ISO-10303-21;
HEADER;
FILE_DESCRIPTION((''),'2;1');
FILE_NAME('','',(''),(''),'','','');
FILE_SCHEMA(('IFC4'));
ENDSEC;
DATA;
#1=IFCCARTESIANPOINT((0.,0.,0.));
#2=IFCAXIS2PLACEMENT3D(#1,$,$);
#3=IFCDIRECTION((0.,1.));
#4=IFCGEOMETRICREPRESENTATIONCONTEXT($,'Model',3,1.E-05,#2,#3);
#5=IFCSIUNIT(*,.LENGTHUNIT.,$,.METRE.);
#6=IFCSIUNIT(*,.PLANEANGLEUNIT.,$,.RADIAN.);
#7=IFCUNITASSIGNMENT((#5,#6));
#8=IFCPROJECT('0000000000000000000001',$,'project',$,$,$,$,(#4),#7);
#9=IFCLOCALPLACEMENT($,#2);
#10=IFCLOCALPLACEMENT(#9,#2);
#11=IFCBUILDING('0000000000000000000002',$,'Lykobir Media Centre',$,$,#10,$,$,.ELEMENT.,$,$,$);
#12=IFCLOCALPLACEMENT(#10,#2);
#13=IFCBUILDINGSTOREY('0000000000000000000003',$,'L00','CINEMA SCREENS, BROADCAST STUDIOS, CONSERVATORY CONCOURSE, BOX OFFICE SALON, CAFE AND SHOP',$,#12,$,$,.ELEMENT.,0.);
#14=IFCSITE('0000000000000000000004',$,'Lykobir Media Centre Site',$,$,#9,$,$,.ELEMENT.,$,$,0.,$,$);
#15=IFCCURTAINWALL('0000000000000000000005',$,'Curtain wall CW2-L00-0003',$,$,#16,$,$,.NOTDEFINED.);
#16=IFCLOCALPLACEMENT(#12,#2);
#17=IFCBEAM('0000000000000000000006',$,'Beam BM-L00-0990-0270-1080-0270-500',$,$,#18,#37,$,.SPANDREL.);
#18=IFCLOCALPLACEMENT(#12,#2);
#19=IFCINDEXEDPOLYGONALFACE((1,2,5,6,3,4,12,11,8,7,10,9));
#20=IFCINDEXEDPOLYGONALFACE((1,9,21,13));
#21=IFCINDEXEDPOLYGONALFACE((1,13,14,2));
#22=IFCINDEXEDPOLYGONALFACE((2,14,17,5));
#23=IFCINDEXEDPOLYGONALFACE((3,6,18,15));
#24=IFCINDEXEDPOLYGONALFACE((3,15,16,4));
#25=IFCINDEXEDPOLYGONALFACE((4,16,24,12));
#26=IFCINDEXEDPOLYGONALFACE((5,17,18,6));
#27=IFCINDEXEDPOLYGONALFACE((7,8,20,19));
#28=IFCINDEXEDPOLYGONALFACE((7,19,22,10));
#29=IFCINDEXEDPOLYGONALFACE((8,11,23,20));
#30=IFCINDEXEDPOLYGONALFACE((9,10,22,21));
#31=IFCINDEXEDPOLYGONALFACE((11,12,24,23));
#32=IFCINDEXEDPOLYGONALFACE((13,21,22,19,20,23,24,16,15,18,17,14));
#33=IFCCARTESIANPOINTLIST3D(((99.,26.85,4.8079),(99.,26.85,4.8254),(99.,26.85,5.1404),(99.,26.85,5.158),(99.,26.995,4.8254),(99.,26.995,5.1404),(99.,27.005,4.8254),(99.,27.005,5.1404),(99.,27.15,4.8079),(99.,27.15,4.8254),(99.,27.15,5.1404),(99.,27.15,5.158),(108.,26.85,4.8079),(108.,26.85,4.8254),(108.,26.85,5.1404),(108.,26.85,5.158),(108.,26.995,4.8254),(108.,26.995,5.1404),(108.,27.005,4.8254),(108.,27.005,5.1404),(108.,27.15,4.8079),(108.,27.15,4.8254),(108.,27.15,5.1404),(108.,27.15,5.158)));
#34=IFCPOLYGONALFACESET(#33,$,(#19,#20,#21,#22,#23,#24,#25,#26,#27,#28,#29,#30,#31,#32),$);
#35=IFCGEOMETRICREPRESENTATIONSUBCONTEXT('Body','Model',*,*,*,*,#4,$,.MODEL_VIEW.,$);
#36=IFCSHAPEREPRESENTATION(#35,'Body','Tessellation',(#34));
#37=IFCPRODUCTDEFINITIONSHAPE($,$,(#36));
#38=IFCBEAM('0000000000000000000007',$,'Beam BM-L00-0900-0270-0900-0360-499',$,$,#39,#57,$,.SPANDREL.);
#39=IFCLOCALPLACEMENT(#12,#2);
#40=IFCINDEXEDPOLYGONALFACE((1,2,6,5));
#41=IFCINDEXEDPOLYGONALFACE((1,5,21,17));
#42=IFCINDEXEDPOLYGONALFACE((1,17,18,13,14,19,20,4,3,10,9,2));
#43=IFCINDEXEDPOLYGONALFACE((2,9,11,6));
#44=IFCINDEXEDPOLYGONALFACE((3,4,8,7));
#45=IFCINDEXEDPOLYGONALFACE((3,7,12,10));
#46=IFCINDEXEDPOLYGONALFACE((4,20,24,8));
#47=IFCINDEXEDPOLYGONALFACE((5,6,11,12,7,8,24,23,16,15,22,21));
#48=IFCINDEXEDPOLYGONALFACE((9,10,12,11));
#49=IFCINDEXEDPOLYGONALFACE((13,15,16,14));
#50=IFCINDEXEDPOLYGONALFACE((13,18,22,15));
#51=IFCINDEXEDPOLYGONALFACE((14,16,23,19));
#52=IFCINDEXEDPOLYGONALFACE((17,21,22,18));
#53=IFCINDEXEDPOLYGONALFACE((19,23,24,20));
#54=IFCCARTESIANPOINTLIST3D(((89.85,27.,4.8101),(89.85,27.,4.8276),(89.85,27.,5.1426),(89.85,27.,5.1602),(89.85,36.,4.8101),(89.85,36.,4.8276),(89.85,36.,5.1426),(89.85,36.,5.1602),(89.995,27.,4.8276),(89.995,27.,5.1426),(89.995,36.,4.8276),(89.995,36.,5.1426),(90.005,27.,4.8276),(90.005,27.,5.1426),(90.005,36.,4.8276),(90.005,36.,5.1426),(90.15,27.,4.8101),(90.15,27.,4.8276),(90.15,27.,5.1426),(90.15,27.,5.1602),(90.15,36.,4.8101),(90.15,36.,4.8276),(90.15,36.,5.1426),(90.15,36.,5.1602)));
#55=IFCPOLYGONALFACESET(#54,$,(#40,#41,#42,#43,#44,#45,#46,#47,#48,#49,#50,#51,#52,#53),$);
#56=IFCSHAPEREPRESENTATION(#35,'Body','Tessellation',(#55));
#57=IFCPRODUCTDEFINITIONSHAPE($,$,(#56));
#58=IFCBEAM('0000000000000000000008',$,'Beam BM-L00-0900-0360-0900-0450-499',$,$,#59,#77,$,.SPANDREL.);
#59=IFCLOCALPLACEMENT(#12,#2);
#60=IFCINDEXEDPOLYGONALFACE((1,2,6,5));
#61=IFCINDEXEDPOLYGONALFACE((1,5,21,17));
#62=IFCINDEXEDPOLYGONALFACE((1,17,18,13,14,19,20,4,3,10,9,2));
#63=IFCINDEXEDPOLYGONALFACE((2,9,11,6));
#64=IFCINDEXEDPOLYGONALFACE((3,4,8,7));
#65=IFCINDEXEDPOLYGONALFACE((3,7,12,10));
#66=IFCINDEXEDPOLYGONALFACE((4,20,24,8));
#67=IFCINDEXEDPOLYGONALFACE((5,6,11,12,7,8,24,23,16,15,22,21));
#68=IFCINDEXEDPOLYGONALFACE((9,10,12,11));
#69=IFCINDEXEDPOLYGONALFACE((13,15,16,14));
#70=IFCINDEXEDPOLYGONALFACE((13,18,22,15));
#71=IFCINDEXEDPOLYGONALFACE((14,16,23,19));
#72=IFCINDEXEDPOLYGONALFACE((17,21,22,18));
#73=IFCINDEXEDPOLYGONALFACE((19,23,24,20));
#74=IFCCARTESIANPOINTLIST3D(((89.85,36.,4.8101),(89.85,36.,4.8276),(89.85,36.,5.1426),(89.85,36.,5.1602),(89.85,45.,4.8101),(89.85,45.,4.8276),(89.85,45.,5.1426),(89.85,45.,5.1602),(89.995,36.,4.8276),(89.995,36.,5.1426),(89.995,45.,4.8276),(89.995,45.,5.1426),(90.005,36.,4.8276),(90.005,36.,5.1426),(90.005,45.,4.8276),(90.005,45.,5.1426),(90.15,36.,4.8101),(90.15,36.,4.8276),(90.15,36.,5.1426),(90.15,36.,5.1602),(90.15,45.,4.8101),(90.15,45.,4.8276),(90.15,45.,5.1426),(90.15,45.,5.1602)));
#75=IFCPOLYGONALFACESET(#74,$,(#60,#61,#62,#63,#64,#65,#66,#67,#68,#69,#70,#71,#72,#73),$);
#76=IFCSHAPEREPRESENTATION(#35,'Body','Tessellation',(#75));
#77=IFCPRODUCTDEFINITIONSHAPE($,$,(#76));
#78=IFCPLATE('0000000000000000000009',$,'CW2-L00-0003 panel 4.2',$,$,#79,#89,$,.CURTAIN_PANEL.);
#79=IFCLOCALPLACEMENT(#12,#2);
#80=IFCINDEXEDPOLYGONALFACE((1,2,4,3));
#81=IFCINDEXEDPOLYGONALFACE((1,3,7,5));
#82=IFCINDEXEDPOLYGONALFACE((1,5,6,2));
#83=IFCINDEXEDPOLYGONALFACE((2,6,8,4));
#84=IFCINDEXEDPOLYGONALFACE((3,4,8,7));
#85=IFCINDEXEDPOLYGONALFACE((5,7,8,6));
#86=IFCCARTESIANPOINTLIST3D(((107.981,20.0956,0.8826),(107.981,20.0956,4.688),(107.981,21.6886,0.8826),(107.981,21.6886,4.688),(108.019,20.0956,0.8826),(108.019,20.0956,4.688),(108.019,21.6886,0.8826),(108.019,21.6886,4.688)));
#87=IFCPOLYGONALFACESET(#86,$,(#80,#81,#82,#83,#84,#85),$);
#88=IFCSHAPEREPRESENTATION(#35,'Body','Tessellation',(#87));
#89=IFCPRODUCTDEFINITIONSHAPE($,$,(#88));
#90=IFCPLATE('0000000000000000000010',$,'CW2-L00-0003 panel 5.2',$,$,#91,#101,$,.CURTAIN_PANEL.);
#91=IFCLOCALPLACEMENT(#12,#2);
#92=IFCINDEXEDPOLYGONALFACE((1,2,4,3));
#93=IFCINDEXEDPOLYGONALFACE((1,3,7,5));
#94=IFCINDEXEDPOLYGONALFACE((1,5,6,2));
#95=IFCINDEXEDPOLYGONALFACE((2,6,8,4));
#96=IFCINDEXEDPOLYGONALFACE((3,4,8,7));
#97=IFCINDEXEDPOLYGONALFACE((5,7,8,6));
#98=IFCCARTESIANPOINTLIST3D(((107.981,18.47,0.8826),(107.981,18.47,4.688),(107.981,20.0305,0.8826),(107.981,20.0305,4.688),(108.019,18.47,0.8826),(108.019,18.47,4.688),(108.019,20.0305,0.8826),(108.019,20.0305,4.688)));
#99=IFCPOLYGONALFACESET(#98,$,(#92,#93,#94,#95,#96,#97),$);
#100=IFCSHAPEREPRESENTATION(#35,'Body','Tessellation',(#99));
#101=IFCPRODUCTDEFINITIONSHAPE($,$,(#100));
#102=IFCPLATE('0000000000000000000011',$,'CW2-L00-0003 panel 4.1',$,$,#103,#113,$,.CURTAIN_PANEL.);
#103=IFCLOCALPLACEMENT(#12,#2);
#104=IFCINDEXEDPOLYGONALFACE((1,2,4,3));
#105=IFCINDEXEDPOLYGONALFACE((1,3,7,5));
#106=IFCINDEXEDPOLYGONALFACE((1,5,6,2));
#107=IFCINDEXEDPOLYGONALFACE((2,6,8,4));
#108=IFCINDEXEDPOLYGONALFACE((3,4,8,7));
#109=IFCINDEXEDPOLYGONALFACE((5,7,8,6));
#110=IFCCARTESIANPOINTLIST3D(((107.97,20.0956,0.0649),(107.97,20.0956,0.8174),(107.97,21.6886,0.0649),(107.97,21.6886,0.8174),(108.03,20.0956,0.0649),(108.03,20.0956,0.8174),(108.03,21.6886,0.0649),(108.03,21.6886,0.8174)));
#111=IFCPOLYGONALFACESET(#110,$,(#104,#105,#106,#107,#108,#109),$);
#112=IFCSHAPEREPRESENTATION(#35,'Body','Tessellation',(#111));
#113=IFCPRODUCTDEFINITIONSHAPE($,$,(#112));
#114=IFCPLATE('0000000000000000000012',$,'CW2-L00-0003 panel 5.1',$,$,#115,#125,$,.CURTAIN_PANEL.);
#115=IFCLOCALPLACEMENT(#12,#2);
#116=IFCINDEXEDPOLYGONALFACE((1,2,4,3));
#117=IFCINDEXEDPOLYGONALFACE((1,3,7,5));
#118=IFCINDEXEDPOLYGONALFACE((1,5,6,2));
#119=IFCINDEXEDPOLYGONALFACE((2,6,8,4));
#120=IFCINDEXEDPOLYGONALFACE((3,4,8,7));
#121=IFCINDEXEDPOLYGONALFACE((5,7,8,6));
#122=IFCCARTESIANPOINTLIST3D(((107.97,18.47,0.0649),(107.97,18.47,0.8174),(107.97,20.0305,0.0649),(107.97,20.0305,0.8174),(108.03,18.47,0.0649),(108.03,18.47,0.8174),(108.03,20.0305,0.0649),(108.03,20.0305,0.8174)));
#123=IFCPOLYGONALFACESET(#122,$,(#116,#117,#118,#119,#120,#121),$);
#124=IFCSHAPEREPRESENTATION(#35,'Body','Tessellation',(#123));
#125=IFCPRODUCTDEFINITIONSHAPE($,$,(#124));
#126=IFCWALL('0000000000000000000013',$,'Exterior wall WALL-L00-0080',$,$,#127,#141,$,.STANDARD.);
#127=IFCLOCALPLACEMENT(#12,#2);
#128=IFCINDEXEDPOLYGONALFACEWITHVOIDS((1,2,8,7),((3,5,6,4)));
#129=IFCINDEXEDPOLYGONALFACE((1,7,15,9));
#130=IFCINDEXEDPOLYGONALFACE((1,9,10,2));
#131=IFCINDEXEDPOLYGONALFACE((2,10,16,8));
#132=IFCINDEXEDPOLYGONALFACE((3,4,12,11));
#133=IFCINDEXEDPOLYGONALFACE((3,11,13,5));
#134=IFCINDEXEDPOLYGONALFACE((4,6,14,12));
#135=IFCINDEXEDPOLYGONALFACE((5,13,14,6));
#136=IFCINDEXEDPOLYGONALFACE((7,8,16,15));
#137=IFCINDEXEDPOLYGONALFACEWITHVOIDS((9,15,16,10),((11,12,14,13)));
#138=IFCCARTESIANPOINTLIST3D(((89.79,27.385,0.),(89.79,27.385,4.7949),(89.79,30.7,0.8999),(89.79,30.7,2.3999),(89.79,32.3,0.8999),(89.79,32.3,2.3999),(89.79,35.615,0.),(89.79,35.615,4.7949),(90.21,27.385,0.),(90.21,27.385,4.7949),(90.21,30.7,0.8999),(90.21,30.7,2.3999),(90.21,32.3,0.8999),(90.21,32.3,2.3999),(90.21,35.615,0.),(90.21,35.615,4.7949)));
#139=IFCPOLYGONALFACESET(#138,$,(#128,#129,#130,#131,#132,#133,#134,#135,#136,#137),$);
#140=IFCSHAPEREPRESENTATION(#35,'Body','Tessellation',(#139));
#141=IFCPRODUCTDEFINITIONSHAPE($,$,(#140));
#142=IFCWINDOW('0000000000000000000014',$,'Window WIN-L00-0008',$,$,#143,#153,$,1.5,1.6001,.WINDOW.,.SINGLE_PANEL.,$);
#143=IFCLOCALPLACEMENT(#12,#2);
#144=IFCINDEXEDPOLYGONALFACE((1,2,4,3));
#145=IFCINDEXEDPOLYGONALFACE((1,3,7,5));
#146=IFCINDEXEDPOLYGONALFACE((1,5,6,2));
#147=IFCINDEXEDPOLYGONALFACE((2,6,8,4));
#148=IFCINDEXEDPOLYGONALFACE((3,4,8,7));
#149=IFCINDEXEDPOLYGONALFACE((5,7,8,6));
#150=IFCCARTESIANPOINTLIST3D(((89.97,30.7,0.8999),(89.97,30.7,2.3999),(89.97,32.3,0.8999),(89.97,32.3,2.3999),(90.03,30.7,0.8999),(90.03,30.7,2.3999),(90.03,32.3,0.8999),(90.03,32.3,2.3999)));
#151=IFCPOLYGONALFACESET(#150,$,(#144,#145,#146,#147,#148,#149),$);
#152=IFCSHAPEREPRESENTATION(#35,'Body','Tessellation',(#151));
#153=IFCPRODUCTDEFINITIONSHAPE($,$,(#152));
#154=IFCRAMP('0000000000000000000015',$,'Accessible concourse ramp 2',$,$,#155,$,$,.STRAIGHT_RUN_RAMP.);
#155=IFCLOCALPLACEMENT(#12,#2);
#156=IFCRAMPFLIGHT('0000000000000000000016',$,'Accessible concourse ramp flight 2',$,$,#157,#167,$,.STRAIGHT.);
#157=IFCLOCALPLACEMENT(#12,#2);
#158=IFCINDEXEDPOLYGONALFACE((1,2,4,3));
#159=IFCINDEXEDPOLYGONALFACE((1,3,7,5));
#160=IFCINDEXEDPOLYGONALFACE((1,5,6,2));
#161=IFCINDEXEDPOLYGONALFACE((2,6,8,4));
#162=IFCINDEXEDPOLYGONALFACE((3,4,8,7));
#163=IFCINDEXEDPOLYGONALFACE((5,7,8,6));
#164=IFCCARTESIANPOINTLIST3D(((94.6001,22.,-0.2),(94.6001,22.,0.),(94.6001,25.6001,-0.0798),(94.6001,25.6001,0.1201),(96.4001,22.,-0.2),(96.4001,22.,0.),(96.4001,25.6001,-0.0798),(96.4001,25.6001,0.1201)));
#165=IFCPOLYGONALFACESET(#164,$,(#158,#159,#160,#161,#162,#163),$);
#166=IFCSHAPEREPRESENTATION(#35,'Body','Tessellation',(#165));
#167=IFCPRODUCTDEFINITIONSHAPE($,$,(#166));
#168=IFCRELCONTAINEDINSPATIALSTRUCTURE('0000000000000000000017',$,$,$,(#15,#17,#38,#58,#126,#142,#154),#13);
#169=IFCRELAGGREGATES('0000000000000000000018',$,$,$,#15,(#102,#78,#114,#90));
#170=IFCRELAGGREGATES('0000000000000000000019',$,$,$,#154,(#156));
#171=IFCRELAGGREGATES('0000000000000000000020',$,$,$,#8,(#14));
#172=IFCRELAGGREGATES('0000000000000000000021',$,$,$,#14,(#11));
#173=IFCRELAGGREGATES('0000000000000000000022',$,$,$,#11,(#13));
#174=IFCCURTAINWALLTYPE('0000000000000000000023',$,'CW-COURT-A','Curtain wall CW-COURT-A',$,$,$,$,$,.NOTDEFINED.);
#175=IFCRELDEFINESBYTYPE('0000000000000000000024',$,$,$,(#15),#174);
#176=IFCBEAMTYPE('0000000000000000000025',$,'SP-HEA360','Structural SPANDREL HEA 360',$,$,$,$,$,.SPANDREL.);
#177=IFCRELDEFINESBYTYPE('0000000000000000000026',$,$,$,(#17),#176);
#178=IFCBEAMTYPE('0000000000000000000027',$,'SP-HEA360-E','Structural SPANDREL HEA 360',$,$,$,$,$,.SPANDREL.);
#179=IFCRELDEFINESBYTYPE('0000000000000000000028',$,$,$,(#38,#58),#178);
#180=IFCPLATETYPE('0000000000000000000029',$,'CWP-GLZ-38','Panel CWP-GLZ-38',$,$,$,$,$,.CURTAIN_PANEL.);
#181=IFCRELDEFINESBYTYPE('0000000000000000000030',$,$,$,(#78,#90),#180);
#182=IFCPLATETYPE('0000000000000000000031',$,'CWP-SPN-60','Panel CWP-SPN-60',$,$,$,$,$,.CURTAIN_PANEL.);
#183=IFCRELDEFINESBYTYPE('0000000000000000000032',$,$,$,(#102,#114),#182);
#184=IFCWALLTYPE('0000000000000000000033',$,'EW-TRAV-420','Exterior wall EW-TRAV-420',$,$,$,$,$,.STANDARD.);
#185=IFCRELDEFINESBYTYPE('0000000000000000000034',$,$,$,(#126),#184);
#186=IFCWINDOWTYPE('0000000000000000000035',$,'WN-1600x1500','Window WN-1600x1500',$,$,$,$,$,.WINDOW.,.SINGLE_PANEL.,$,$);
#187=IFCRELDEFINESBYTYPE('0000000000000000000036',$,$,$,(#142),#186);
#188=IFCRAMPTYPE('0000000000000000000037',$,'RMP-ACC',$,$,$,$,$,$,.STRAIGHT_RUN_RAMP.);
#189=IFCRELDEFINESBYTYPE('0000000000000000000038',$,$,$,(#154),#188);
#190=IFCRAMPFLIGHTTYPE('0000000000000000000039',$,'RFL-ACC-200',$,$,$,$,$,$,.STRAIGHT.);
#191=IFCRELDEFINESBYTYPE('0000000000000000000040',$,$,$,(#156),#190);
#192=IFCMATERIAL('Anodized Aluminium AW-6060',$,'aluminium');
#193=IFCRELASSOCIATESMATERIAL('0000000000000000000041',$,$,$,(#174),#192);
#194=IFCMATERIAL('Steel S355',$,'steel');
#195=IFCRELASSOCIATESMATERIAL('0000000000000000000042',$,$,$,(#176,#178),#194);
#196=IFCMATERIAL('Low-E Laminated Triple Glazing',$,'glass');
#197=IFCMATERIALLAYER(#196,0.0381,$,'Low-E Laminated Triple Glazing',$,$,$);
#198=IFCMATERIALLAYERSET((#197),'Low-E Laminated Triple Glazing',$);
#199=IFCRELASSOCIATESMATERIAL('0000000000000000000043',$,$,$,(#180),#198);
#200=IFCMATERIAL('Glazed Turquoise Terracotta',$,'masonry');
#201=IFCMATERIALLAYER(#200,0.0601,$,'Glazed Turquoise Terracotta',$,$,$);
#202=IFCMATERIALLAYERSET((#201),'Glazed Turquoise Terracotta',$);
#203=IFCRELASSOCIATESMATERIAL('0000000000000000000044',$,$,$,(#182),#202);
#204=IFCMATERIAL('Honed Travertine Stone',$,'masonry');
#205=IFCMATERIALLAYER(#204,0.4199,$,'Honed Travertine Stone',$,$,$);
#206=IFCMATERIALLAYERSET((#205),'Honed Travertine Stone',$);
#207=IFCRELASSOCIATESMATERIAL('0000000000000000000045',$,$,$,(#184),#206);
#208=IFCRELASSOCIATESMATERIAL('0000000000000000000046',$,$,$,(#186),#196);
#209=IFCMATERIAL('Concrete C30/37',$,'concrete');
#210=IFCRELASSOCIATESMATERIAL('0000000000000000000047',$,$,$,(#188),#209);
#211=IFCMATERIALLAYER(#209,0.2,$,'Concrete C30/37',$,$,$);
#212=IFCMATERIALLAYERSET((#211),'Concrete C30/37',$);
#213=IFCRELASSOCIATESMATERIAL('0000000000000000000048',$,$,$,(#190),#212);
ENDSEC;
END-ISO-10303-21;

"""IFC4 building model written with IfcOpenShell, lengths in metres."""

from ifc_helpers import new_model, si_unit, direction, frame, frame_2d, origin, origin_2d, place, context, subcontext, project, spatial, polyline, rectangle, i_section, outline, extrude, material, layer, layer_set, material_profile, profile_set, type_object, element, fill, aggregate, save


model = new_model("IFC4")

# Units and contexts
model_context = context("Model", 3, precision=1e-05, world=origin(), true_north=direction((0.0, 1.0)))
body_context = subcontext(model_context, "Body", "Model", "MODEL_VIEW")
ifc_project = project(units=[si_unit("LENGTHUNIT", "METRE"), si_unit("PLANEANGLEUNIT", "RADIAN")], contexts=[model_context])

# Site, building, storey
site_placement = place(None, origin())
site = spatial("IfcSite", under=ifc_project, at=site_placement, Name="Lykobir Media Centre Site", CompositionType="ELEMENT", RefElevation=0.0)
building_placement = place(site_placement, origin())
building = spatial("IfcBuilding", under=site, at=building_placement, Name="Lykobir Media Centre", CompositionType="ELEMENT")
storey_placement = place(building_placement, origin())
storey = spatial("IfcBuildingStorey", under=building, at=storey_placement, Name="L00", Description="CINEMA SCREENS, BROADCAST STUDIOS, CONSERVATORY CONCOURSE, BOX OFFICE SALON, CAFE AND SHOP", CompositionType="ELEMENT", Elevation=0.0)

# Shared definitions
ifc_material_1 = material(Name="Steel S355", Category="steel")

# Curtain wall
ifc_material_2 = material(Name="Anodized Aluminium AW-6060", Category="aluminium")
curtain_wall_type = type_object("IfcCurtainWallType", Name="CW-COURT-A", Description="Curtain wall CW-COURT-A", PredefinedType="NOTDEFINED", material=ifc_material_2)
curtain_wall_placement = place(storey_placement, origin())
curtain_wall = element("IfcCurtainWall", 1, at=curtain_wall_placement, inside=storey, type_object=curtain_wall_type, Name="Curtain wall CW2-L00-0003", PredefinedType="NOTDEFINED")

# Beams
ifc_material_profile_1 = material_profile(ifc_material_1, i_section(OverallWidth=0.3, OverallDepth=0.3501, WebThickness=0.01, FlangeThickness=0.0176, at=origin_2d()), Name="HEA 360")
ifc_profile_set_1 = profile_set([ifc_material_profile_1], Name="Steel S355")
beam_type_1 = type_object("IfcBeamType", Name="SP-HEA360", Description="Structural SPANDREL HEA 360", PredefinedType="SPANDREL", material=ifc_profile_set_1)
for number, where, z_axis, x_axis, name in (
    (2, (99.0, 27.0, 4.9829), (1.0, 0.0, 0.0), (0.0, 1.0, 0.0), "Beam BM-L00-0990-0270-1080-0270-500"),
):
    element("IfcBeam", number, at=place(storey_placement, frame(where, z_axis=z_axis, x_axis=x_axis)), inside=storey, type_object=beam_type_1, Name=name, PredefinedType="SPANDREL", context=body_context, shape_type="SweptSolid", body=[
        extrude(i_section(OverallWidth=0.3, OverallDepth=0.3501, WebThickness=0.01, FlangeThickness=0.0176, at=origin_2d()), origin(), (0.0, 0.0, 1.0), 9.0),
    ])
ifc_material_profile_2 = material_profile(ifc_material_1, i_section(OverallWidth=0.3, OverallDepth=0.3501, WebThickness=0.01, FlangeThickness=0.0176, at=origin_2d()), Name="HEA 360")
ifc_profile_set_2 = profile_set([ifc_material_profile_2], Name="Steel S355")
beam_type_2 = type_object("IfcBeamType", Name="SP-HEA360-E", Description="Structural SPANDREL HEA 360", PredefinedType="SPANDREL", material=ifc_profile_set_2)
for number, where, z_axis, x_axis, name in (
    (3, (90.0, 27.0, 4.9851), (0.0, 1.0, 0.0), (-1.0, 0.0, 0.0), "Beam BM-L00-0900-0270-0900-0360-499"),
    (4, (90.0, 36.0, 4.9851), (0.0, 1.0, 0.0), (-1.0, 0.0, 0.0), "Beam BM-L00-0900-0360-0900-0450-499"),
):
    element("IfcBeam", number, at=place(storey_placement, frame(where, z_axis=z_axis, x_axis=x_axis)), inside=storey, type_object=beam_type_2, Name=name, PredefinedType="SPANDREL", context=body_context, shape_type="SweptSolid", body=[
        extrude(i_section(OverallWidth=0.3, OverallDepth=0.3501, WebThickness=0.01, FlangeThickness=0.0176, at=origin_2d()), origin(), (0.0, 0.0, 1.0), 9.0),
    ])

# Plates
ifc_material_3 = material(Name="Low-E Laminated Triple Glazing", Category="glass")
ifc_layer_1 = layer(ifc_material_3, 0.0381, Name="Low-E Laminated Triple Glazing")
ifc_layer_set_1 = layer_set([ifc_layer_1], Name="Low-E Laminated Triple Glazing")
plate_type_1 = type_object("IfcPlateType", Name="CWP-GLZ-38", Description="Panel CWP-GLZ-38", PredefinedType="CURTAIN_PANEL", material=ifc_layer_set_1)
plate_1_placement = place(storey_placement, frame((108.0, 20.8921, 0.8826), z_axis=(0.0, 0.0, 1.0), x_axis=(0.0, -1.0, 0.0)))
plate_1 = element("IfcPlate", 5, at=plate_1_placement, type_object=plate_type_1, Name="CW2-L00-0003 panel 4.2", PredefinedType="CURTAIN_PANEL", context=body_context, shape_type="SweptSolid", body=[
    extrude(rectangle(XDim=1.593, YDim=0.0381, at=origin_2d()), origin(), (0.0, 0.0, 1.0), 3.8054),
])
plate_2_placement = place(storey_placement, frame((108.0, 19.2502, 0.8826), z_axis=(0.0, 0.0, 1.0), x_axis=(0.0, -1.0, 0.0)))
plate_2 = element("IfcPlate", 6, at=plate_2_placement, type_object=plate_type_1, Name="CW2-L00-0003 panel 5.2", PredefinedType="CURTAIN_PANEL", context=body_context, shape_type="SweptSolid", body=[
    extrude(rectangle(XDim=1.5605, YDim=0.0381, at=origin_2d()), origin(), (0.0, 0.0, 1.0), 3.8054),
])
ifc_material_4 = material(Name="Glazed Turquoise Terracotta", Category="masonry")
ifc_layer_2 = layer(ifc_material_4, 0.0601, Name="Glazed Turquoise Terracotta")
ifc_layer_set_2 = layer_set([ifc_layer_2], Name="Glazed Turquoise Terracotta")
plate_type_2 = type_object("IfcPlateType", Name="CWP-SPN-60", Description="Panel CWP-SPN-60", PredefinedType="CURTAIN_PANEL", material=ifc_layer_set_2)
plate_3_placement = place(storey_placement, frame((108.0, 20.8921, 0.0649), z_axis=(0.0, 0.0, 1.0), x_axis=(0.0, -1.0, 0.0)))
plate_3 = element("IfcPlate", 7, at=plate_3_placement, type_object=plate_type_2, Name="CW2-L00-0003 panel 4.1", PredefinedType="CURTAIN_PANEL", context=body_context, shape_type="SweptSolid", body=[
    extrude(rectangle(XDim=1.593, YDim=0.0601, at=origin_2d()), origin(), (0.0, 0.0, 1.0), 0.7524),
])
plate_4_placement = place(storey_placement, frame((108.0, 19.2502, 0.0649), z_axis=(0.0, 0.0, 1.0), x_axis=(0.0, -1.0, 0.0)))
plate_4 = element("IfcPlate", 8, at=plate_4_placement, type_object=plate_type_2, Name="CW2-L00-0003 panel 5.1", PredefinedType="CURTAIN_PANEL", context=body_context, shape_type="SweptSolid", body=[
    extrude(rectangle(XDim=1.5605, YDim=0.0601, at=origin_2d()), origin(), (0.0, 0.0, 1.0), 0.7524),
])
aggregate(curtain_wall, [plate_3, plate_1, plate_4, plate_2])

# Wall, opening, window
ifc_material_5 = material(Name="Honed Travertine Stone", Category="masonry")
ifc_layer_3 = layer(ifc_material_5, 0.4199, Name="Honed Travertine Stone")
ifc_layer_set_3 = layer_set([ifc_layer_3], Name="Honed Travertine Stone")
wall_type = type_object("IfcWallType", Name="EW-TRAV-420", Description="Exterior wall EW-TRAV-420", PredefinedType="STANDARD", material=ifc_layer_set_3)
wall_placement = place(storey_placement, frame((90.0, 35.615, 0.0), z_axis=(0.0, 0.0, 1.0), x_axis=(0.0, -1.0, 0.0)))
wall = element("IfcWall", 9, at=wall_placement, inside=storey, type_object=wall_type, Name="Exterior wall WALL-L00-0080", PredefinedType="STANDARD", context=body_context, shape_type="SweptSolid", body=[
    extrude(rectangle(XDim=8.23, YDim=0.4199, at=frame_2d((4.115, 0.0))), origin(), (0.0, 0.0, 1.0), 4.7949),
])
opening_placement = place(wall_placement, frame((3.3149, 0.0, 0.8999)))
opening = element("IfcOpeningElement", 10, at=opening_placement, cuts=wall, PredefinedType="OPENING", context=body_context, shape_type="SweptSolid", body=[
    extrude(rectangle(XDim=1.6001, YDim=1.5, at=frame_2d((0.8, 0.75))), frame((0.0, 0.22, 0.0), z_axis=(0.0, -1.0, 0.0), x_axis=(1.0, 0.0, 0.0)), (0.0, 0.0, 1.0), 0.4399),
])
window_type = type_object("IfcWindowType", Name="WN-1600x1500", Description="Window WN-1600x1500", PartitioningType="SINGLE_PANEL", PredefinedType="WINDOW", material=ifc_material_3)
window_placement = place(opening_placement, origin())
window = element("IfcWindow", 11, at=window_placement, inside=storey, type_object=window_type, Name="Window WIN-L00-0008", OverallHeight=1.5, OverallWidth=1.6001, PartitioningType="SINGLE_PANEL", PredefinedType="WINDOW", context=body_context, shape_type="SweptSolid", body=[
    extrude(rectangle(XDim=1.6001, YDim=1.5, at=frame_2d((0.8, 0.75))), frame((0.0, 0.03, 0.0), z_axis=(0.0, -1.0, 0.0), x_axis=(1.0, 0.0, 0.0)), (0.0, 0.0, 1.0), 0.0601),
])
fill(opening, window)

# Ramp, ramp flight
ifc_material_6 = material(Name="Concrete C30/37", Category="concrete")
ramp_type = type_object("IfcRampType", Name="RMP-ACC", PredefinedType="STRAIGHT_RUN_RAMP", material=ifc_material_6)
ramp_placement = place(storey_placement, origin())
ramp = element("IfcRamp", 12, at=ramp_placement, inside=storey, type_object=ramp_type, Name="Accessible concourse ramp 2", PredefinedType="STRAIGHT_RUN_RAMP")
ifc_layer_4 = layer(ifc_material_6, 0.2, Name="Concrete C30/37")
ifc_layer_set_4 = layer_set([ifc_layer_4], Name="Concrete C30/37")
ramp_flight_type = type_object("IfcRampFlightType", Name="RFL-ACC-200", PredefinedType="STRAIGHT", material=ifc_layer_set_4)
ramp_flight_placement = place(storey_placement, frame((95.5, 22.0, 0.0), z_axis=(0.0, 0.0, 1.0), x_axis=(0.0, 1.0, 0.0)))
ramp_flight = element("IfcRampFlight", 13, at=ramp_flight_placement, type_object=ramp_flight_type, Name="Accessible concourse ramp flight 2", PredefinedType="STRAIGHT", context=body_context, shape_type="SweptSolid", body=[
    extrude(outline(polyline([(0.0, 0.0), (3.6001, 0.1201), (3.6001, -0.0798), (0.0, -0.2), (0.0, 0.0)])), frame((0.0, 0.8999, 0.0), z_axis=(0.0, -1.0, 0.0), x_axis=(1.0, 0.0, 0.0)), (0.0, 0.0, 1.0), 1.8),
])
aggregate(ramp, [ramp_flight])

save(model, "model.ifc")
